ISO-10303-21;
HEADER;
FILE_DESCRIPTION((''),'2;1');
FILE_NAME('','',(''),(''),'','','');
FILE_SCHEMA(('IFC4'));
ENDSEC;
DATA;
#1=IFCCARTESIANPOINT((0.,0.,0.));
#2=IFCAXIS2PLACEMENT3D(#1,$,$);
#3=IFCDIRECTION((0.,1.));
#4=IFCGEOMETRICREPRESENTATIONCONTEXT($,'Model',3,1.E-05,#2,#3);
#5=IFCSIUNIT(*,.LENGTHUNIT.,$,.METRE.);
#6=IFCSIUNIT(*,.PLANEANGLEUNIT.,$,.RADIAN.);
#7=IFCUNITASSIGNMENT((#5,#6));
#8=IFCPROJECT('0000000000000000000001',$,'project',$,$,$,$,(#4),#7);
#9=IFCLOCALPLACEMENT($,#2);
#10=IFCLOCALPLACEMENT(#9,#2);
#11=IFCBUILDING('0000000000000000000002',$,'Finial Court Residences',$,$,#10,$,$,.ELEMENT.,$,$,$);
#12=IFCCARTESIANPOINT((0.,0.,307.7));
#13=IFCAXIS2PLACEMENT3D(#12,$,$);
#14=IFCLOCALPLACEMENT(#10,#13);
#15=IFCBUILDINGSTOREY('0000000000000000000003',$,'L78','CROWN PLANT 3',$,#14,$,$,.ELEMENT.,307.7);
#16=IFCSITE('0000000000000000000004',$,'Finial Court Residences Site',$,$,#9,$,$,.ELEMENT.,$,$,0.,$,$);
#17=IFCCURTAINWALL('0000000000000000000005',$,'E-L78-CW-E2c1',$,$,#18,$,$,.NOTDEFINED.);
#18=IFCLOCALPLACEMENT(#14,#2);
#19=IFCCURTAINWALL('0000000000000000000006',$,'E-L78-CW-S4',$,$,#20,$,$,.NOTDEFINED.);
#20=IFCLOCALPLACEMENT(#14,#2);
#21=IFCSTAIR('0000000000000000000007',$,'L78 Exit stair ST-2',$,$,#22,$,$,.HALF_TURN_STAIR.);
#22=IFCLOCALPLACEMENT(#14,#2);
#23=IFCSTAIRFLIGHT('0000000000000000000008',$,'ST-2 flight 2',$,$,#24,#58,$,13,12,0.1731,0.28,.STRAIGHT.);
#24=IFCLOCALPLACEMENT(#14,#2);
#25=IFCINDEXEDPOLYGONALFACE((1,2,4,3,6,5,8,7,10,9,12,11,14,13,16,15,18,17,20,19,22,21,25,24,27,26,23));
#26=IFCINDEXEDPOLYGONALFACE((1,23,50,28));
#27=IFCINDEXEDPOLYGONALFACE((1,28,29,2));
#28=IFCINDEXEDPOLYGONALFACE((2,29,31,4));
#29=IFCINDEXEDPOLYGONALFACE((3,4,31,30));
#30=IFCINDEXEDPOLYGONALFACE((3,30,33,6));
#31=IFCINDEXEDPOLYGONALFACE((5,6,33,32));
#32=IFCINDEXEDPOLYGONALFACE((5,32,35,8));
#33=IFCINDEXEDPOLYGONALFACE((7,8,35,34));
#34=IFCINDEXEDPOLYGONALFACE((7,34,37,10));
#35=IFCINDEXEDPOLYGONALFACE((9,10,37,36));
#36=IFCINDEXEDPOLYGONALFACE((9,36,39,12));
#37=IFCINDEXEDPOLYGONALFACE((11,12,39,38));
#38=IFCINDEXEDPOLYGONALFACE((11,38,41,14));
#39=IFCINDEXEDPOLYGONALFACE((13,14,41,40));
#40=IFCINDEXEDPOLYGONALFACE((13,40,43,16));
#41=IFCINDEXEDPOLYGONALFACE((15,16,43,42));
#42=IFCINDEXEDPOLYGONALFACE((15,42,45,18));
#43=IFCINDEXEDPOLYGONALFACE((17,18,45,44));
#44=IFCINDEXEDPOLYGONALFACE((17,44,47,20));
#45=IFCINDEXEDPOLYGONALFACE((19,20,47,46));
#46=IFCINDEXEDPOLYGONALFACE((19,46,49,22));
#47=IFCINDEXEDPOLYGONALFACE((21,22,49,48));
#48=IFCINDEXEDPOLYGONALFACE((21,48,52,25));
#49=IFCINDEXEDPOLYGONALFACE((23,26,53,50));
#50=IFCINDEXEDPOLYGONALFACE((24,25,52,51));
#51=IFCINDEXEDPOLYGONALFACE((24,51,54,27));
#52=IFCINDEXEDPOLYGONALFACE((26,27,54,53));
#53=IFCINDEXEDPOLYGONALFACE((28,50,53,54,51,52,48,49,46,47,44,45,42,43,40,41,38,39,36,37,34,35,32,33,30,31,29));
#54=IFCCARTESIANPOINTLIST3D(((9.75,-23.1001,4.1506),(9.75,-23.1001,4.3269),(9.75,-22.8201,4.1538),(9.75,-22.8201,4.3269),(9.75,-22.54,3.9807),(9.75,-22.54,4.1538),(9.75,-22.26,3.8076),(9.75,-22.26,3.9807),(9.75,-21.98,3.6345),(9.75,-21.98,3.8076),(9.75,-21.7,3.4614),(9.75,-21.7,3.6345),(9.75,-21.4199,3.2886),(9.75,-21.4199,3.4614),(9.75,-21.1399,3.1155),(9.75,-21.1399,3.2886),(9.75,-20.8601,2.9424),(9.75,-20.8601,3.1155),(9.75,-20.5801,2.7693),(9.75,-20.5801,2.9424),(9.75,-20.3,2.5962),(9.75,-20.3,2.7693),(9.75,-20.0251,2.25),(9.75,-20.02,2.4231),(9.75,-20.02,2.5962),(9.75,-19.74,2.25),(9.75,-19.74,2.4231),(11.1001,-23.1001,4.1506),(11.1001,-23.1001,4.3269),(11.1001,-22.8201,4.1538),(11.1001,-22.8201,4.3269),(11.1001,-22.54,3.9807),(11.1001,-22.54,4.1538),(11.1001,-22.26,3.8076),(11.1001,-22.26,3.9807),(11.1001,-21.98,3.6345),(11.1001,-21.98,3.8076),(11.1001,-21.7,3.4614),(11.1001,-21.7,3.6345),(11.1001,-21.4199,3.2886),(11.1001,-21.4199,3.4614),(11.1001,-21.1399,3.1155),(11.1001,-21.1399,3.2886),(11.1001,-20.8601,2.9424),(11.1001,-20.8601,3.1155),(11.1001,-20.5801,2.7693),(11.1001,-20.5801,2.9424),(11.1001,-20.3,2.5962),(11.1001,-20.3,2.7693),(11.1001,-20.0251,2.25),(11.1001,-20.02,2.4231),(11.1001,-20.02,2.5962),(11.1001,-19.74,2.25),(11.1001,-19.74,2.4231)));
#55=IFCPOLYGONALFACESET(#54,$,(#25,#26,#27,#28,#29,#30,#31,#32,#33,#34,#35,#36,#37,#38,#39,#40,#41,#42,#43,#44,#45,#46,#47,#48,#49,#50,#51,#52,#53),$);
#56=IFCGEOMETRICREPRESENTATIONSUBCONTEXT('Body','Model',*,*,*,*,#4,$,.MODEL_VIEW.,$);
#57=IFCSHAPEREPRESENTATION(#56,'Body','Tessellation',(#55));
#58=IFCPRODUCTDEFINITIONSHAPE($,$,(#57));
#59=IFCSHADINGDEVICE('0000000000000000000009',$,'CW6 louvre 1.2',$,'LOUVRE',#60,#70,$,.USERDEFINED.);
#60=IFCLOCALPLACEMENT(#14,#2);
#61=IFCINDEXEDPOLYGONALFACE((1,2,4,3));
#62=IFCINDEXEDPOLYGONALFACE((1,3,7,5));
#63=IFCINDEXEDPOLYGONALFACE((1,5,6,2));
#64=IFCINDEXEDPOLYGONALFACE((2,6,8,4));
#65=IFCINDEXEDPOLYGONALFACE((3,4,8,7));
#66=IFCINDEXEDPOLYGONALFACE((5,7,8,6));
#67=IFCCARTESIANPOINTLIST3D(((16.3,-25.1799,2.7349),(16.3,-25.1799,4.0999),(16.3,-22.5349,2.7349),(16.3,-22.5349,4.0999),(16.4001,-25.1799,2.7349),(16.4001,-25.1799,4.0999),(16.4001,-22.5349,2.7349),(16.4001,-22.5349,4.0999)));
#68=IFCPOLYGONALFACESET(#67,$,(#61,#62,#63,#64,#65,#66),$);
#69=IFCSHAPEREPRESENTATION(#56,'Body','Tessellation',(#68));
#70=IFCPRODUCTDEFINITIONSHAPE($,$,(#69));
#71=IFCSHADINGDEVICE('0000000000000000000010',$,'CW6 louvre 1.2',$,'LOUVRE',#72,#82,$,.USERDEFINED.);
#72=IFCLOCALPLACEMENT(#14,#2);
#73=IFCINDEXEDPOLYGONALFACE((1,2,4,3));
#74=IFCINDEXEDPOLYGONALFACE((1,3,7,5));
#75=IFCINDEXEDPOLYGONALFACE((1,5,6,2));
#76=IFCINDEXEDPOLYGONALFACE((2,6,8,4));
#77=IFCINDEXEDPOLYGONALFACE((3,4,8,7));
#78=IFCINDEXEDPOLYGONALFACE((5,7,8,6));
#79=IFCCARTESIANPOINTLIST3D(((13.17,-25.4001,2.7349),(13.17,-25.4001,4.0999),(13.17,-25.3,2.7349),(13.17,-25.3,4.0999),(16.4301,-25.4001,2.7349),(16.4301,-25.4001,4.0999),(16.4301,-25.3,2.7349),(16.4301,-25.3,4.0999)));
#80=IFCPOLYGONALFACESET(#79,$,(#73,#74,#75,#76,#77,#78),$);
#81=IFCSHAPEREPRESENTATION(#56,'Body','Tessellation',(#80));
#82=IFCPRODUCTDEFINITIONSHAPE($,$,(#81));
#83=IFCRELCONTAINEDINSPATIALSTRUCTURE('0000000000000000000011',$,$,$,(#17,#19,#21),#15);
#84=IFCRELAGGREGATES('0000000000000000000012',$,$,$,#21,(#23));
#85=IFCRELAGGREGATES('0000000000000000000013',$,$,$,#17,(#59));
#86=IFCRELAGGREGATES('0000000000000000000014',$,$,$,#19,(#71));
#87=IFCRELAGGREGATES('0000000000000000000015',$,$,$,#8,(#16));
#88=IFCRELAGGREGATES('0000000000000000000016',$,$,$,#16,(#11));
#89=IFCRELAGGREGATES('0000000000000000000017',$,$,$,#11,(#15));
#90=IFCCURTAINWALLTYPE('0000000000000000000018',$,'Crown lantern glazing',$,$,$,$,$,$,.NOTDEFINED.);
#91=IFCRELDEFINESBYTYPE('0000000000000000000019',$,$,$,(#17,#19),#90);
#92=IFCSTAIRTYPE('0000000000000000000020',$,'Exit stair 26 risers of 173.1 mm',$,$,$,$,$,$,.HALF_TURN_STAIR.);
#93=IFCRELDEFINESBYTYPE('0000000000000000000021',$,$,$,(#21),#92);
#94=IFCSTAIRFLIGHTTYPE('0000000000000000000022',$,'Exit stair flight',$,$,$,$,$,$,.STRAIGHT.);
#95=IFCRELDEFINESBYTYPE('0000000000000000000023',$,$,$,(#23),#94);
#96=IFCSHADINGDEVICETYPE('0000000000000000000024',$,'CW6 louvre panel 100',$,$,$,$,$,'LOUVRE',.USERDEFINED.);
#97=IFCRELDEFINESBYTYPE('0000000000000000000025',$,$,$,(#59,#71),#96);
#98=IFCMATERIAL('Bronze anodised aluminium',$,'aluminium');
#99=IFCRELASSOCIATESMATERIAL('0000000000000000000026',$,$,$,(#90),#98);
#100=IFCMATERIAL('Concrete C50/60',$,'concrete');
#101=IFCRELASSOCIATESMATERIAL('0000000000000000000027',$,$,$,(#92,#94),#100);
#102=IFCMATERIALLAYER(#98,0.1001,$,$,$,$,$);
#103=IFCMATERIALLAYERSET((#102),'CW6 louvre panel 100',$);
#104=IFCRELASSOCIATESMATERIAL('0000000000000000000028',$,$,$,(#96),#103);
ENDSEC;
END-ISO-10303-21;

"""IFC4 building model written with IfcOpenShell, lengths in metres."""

from ifc_helpers import new_model, si_unit, direction, frame, origin, origin_2d, place, context, subcontext, project, spatial, polyline, rectangle, outline, extrude, material, layer, layer_set, type_object, element, aggregate, save


model = new_model("IFC4")

# Units and contexts
model_context = context("Model", 3, precision=1e-05, world=origin(), true_north=direction((0.0, 1.0)))
body_context = subcontext(model_context, "Body", "Model", "MODEL_VIEW")
ifc_project = project(units=[si_unit("LENGTHUNIT", "METRE"), si_unit("PLANEANGLEUNIT", "RADIAN")], contexts=[model_context])

# Site, building, storey
site_placement = place(None, origin())
site = spatial("IfcSite", under=ifc_project, at=site_placement, Name="Finial Court Residences Site", CompositionType="ELEMENT", RefElevation=0.0)
building_placement = place(site_placement, origin())
building = spatial("IfcBuilding", under=site, at=building_placement, Name="Finial Court Residences", CompositionType="ELEMENT")
storey_placement = place(building_placement, frame((0.0, 0.0, 307.7)))
storey = spatial("IfcBuildingStorey", under=building, at=storey_placement, Name="L78", Description="CROWN PLANT 3", CompositionType="ELEMENT", Elevation=307.7)

# Curtain walls
ifc_material_1 = material(Name="Bronze anodised aluminium", Category="aluminium")
curtain_wall_type = type_object("IfcCurtainWallType", Name="Crown lantern glazing", PredefinedType="NOTDEFINED", material=ifc_material_1)
curtain_wall_1_placement = place(storey_placement, origin())
curtain_wall_1 = element("IfcCurtainWall", 1, at=curtain_wall_1_placement, inside=storey, type_object=curtain_wall_type, Name="E-L78-CW-E2c1", PredefinedType="NOTDEFINED")
curtain_wall_2_placement = place(storey_placement, origin())
curtain_wall_2 = element("IfcCurtainWall", 2, at=curtain_wall_2_placement, inside=storey, type_object=curtain_wall_type, Name="E-L78-CW-S4", PredefinedType="NOTDEFINED")

# Shared definitions
ifc_material_2 = material(Name="Concrete C50/60", Category="concrete")

# Stair, stair flight
stair_type = type_object("IfcStairType", Name="Exit stair 26 risers of 173.1 mm", PredefinedType="HALF_TURN_STAIR", material=ifc_material_2)
stair_placement = place(storey_placement, origin())
stair = element("IfcStair", 3, at=stair_placement, inside=storey, type_object=stair_type, Name="L78 Exit stair ST-2", PredefinedType="HALF_TURN_STAIR")
stair_flight_type = type_object("IfcStairFlightType", Name="Exit stair flight", PredefinedType="STRAIGHT", material=ifc_material_2)
stair_flight_1_placement = place(storey_placement, frame((10.425, -19.74, 2.25), z_axis=(0.0, 0.0, 1.0), x_axis=(0.0, -1.0, 0.0)))
stair_flight_1 = element("IfcStairFlight", 4, at=stair_flight_1_placement, type_object=stair_flight_type, Name="ST-2 flight 2", NumberOfRisers=13, NumberOfTreads=12, PredefinedType="STRAIGHT", RiserHeight=0.1731, TreadLength=0.28, context=body_context, shape_type="SweptSolid", body=[
    extrude(outline(polyline([(0.0, 0.0), (0.0, 0.1731), (0.28, 0.1731), (0.28, 0.3462), (0.5601, 0.3462), (0.5601, 0.5193), (0.8401, 0.5193), (0.8401, 0.6924), (1.1201, 0.6924), (1.1201, 0.8655), (1.3999, 0.8655), (1.3999, 1.0386), (1.6799, 1.0386), (1.6799, 1.2114), (1.96, 1.2114), (1.96, 1.3845), (2.24, 1.3845), (2.24, 1.5576), (2.52, 1.5576), (2.52, 1.7307), (2.8, 1.7307), (2.8, 1.9038), (3.0801, 1.9038), (3.0801, 2.0769), (3.3601, 2.0769), (3.3601, 2.25), (3.3601, 1.9006), (0.2852, 0.0), (0.0, 0.0)])), frame((0.0, 0.675, 0.0), z_axis=(0.0, -1.0, 0.0), x_axis=(1.0, 0.0, 0.0)), (0.0, 0.0, 1.0), 1.3501),
])
aggregate(stair, [stair_flight_1])

# Shading devices
ifc_layer_1 = layer(ifc_material_1, 0.1001)
ifc_layer_set_1 = layer_set([ifc_layer_1], Name="CW6 louvre panel 100")
shading_device_type = type_object("IfcShadingDeviceType", Name="CW6 louvre panel 100", ElementType="LOUVRE", PredefinedType="USERDEFINED", material=ifc_layer_set_1)
shading_device_1_placement = place(storey_placement, frame((16.3501, -23.8574, 2.7349), z_axis=(0.0, 0.0, 1.0), x_axis=(0.0, 1.0, 0.0)))
shading_device_1 = element("IfcShadingDevice", 5, at=shading_device_1_placement, type_object=shading_device_type, Name="CW6 louvre 1.2", ObjectType="LOUVRE", PredefinedType="USERDEFINED", context=body_context, shape_type="SweptSolid", body=[
    extrude(rectangle(XDim=2.645, YDim=0.1001, at=origin_2d()), origin(), (0.0, 0.0, 1.0), 1.365),
])
aggregate(curtain_wall_1, [shading_device_1])
shading_device_2_placement = place(storey_placement, frame((14.8, -25.3501, 2.7349), z_axis=(0.0, 0.0, 1.0), x_axis=(1.0, 0.0, 0.0)))
shading_device_2 = element("IfcShadingDevice", 6, at=shading_device_2_placement, type_object=shading_device_type, Name="CW6 louvre 1.2", ObjectType="LOUVRE", PredefinedType="USERDEFINED", context=body_context, shape_type="SweptSolid", body=[
    extrude(rectangle(XDim=3.26, YDim=0.1001, at=origin_2d()), origin(), (0.0, 0.0, 1.0), 1.365),
])
aggregate(curtain_wall_2, [shading_device_2])

save(model, "model.ifc")
